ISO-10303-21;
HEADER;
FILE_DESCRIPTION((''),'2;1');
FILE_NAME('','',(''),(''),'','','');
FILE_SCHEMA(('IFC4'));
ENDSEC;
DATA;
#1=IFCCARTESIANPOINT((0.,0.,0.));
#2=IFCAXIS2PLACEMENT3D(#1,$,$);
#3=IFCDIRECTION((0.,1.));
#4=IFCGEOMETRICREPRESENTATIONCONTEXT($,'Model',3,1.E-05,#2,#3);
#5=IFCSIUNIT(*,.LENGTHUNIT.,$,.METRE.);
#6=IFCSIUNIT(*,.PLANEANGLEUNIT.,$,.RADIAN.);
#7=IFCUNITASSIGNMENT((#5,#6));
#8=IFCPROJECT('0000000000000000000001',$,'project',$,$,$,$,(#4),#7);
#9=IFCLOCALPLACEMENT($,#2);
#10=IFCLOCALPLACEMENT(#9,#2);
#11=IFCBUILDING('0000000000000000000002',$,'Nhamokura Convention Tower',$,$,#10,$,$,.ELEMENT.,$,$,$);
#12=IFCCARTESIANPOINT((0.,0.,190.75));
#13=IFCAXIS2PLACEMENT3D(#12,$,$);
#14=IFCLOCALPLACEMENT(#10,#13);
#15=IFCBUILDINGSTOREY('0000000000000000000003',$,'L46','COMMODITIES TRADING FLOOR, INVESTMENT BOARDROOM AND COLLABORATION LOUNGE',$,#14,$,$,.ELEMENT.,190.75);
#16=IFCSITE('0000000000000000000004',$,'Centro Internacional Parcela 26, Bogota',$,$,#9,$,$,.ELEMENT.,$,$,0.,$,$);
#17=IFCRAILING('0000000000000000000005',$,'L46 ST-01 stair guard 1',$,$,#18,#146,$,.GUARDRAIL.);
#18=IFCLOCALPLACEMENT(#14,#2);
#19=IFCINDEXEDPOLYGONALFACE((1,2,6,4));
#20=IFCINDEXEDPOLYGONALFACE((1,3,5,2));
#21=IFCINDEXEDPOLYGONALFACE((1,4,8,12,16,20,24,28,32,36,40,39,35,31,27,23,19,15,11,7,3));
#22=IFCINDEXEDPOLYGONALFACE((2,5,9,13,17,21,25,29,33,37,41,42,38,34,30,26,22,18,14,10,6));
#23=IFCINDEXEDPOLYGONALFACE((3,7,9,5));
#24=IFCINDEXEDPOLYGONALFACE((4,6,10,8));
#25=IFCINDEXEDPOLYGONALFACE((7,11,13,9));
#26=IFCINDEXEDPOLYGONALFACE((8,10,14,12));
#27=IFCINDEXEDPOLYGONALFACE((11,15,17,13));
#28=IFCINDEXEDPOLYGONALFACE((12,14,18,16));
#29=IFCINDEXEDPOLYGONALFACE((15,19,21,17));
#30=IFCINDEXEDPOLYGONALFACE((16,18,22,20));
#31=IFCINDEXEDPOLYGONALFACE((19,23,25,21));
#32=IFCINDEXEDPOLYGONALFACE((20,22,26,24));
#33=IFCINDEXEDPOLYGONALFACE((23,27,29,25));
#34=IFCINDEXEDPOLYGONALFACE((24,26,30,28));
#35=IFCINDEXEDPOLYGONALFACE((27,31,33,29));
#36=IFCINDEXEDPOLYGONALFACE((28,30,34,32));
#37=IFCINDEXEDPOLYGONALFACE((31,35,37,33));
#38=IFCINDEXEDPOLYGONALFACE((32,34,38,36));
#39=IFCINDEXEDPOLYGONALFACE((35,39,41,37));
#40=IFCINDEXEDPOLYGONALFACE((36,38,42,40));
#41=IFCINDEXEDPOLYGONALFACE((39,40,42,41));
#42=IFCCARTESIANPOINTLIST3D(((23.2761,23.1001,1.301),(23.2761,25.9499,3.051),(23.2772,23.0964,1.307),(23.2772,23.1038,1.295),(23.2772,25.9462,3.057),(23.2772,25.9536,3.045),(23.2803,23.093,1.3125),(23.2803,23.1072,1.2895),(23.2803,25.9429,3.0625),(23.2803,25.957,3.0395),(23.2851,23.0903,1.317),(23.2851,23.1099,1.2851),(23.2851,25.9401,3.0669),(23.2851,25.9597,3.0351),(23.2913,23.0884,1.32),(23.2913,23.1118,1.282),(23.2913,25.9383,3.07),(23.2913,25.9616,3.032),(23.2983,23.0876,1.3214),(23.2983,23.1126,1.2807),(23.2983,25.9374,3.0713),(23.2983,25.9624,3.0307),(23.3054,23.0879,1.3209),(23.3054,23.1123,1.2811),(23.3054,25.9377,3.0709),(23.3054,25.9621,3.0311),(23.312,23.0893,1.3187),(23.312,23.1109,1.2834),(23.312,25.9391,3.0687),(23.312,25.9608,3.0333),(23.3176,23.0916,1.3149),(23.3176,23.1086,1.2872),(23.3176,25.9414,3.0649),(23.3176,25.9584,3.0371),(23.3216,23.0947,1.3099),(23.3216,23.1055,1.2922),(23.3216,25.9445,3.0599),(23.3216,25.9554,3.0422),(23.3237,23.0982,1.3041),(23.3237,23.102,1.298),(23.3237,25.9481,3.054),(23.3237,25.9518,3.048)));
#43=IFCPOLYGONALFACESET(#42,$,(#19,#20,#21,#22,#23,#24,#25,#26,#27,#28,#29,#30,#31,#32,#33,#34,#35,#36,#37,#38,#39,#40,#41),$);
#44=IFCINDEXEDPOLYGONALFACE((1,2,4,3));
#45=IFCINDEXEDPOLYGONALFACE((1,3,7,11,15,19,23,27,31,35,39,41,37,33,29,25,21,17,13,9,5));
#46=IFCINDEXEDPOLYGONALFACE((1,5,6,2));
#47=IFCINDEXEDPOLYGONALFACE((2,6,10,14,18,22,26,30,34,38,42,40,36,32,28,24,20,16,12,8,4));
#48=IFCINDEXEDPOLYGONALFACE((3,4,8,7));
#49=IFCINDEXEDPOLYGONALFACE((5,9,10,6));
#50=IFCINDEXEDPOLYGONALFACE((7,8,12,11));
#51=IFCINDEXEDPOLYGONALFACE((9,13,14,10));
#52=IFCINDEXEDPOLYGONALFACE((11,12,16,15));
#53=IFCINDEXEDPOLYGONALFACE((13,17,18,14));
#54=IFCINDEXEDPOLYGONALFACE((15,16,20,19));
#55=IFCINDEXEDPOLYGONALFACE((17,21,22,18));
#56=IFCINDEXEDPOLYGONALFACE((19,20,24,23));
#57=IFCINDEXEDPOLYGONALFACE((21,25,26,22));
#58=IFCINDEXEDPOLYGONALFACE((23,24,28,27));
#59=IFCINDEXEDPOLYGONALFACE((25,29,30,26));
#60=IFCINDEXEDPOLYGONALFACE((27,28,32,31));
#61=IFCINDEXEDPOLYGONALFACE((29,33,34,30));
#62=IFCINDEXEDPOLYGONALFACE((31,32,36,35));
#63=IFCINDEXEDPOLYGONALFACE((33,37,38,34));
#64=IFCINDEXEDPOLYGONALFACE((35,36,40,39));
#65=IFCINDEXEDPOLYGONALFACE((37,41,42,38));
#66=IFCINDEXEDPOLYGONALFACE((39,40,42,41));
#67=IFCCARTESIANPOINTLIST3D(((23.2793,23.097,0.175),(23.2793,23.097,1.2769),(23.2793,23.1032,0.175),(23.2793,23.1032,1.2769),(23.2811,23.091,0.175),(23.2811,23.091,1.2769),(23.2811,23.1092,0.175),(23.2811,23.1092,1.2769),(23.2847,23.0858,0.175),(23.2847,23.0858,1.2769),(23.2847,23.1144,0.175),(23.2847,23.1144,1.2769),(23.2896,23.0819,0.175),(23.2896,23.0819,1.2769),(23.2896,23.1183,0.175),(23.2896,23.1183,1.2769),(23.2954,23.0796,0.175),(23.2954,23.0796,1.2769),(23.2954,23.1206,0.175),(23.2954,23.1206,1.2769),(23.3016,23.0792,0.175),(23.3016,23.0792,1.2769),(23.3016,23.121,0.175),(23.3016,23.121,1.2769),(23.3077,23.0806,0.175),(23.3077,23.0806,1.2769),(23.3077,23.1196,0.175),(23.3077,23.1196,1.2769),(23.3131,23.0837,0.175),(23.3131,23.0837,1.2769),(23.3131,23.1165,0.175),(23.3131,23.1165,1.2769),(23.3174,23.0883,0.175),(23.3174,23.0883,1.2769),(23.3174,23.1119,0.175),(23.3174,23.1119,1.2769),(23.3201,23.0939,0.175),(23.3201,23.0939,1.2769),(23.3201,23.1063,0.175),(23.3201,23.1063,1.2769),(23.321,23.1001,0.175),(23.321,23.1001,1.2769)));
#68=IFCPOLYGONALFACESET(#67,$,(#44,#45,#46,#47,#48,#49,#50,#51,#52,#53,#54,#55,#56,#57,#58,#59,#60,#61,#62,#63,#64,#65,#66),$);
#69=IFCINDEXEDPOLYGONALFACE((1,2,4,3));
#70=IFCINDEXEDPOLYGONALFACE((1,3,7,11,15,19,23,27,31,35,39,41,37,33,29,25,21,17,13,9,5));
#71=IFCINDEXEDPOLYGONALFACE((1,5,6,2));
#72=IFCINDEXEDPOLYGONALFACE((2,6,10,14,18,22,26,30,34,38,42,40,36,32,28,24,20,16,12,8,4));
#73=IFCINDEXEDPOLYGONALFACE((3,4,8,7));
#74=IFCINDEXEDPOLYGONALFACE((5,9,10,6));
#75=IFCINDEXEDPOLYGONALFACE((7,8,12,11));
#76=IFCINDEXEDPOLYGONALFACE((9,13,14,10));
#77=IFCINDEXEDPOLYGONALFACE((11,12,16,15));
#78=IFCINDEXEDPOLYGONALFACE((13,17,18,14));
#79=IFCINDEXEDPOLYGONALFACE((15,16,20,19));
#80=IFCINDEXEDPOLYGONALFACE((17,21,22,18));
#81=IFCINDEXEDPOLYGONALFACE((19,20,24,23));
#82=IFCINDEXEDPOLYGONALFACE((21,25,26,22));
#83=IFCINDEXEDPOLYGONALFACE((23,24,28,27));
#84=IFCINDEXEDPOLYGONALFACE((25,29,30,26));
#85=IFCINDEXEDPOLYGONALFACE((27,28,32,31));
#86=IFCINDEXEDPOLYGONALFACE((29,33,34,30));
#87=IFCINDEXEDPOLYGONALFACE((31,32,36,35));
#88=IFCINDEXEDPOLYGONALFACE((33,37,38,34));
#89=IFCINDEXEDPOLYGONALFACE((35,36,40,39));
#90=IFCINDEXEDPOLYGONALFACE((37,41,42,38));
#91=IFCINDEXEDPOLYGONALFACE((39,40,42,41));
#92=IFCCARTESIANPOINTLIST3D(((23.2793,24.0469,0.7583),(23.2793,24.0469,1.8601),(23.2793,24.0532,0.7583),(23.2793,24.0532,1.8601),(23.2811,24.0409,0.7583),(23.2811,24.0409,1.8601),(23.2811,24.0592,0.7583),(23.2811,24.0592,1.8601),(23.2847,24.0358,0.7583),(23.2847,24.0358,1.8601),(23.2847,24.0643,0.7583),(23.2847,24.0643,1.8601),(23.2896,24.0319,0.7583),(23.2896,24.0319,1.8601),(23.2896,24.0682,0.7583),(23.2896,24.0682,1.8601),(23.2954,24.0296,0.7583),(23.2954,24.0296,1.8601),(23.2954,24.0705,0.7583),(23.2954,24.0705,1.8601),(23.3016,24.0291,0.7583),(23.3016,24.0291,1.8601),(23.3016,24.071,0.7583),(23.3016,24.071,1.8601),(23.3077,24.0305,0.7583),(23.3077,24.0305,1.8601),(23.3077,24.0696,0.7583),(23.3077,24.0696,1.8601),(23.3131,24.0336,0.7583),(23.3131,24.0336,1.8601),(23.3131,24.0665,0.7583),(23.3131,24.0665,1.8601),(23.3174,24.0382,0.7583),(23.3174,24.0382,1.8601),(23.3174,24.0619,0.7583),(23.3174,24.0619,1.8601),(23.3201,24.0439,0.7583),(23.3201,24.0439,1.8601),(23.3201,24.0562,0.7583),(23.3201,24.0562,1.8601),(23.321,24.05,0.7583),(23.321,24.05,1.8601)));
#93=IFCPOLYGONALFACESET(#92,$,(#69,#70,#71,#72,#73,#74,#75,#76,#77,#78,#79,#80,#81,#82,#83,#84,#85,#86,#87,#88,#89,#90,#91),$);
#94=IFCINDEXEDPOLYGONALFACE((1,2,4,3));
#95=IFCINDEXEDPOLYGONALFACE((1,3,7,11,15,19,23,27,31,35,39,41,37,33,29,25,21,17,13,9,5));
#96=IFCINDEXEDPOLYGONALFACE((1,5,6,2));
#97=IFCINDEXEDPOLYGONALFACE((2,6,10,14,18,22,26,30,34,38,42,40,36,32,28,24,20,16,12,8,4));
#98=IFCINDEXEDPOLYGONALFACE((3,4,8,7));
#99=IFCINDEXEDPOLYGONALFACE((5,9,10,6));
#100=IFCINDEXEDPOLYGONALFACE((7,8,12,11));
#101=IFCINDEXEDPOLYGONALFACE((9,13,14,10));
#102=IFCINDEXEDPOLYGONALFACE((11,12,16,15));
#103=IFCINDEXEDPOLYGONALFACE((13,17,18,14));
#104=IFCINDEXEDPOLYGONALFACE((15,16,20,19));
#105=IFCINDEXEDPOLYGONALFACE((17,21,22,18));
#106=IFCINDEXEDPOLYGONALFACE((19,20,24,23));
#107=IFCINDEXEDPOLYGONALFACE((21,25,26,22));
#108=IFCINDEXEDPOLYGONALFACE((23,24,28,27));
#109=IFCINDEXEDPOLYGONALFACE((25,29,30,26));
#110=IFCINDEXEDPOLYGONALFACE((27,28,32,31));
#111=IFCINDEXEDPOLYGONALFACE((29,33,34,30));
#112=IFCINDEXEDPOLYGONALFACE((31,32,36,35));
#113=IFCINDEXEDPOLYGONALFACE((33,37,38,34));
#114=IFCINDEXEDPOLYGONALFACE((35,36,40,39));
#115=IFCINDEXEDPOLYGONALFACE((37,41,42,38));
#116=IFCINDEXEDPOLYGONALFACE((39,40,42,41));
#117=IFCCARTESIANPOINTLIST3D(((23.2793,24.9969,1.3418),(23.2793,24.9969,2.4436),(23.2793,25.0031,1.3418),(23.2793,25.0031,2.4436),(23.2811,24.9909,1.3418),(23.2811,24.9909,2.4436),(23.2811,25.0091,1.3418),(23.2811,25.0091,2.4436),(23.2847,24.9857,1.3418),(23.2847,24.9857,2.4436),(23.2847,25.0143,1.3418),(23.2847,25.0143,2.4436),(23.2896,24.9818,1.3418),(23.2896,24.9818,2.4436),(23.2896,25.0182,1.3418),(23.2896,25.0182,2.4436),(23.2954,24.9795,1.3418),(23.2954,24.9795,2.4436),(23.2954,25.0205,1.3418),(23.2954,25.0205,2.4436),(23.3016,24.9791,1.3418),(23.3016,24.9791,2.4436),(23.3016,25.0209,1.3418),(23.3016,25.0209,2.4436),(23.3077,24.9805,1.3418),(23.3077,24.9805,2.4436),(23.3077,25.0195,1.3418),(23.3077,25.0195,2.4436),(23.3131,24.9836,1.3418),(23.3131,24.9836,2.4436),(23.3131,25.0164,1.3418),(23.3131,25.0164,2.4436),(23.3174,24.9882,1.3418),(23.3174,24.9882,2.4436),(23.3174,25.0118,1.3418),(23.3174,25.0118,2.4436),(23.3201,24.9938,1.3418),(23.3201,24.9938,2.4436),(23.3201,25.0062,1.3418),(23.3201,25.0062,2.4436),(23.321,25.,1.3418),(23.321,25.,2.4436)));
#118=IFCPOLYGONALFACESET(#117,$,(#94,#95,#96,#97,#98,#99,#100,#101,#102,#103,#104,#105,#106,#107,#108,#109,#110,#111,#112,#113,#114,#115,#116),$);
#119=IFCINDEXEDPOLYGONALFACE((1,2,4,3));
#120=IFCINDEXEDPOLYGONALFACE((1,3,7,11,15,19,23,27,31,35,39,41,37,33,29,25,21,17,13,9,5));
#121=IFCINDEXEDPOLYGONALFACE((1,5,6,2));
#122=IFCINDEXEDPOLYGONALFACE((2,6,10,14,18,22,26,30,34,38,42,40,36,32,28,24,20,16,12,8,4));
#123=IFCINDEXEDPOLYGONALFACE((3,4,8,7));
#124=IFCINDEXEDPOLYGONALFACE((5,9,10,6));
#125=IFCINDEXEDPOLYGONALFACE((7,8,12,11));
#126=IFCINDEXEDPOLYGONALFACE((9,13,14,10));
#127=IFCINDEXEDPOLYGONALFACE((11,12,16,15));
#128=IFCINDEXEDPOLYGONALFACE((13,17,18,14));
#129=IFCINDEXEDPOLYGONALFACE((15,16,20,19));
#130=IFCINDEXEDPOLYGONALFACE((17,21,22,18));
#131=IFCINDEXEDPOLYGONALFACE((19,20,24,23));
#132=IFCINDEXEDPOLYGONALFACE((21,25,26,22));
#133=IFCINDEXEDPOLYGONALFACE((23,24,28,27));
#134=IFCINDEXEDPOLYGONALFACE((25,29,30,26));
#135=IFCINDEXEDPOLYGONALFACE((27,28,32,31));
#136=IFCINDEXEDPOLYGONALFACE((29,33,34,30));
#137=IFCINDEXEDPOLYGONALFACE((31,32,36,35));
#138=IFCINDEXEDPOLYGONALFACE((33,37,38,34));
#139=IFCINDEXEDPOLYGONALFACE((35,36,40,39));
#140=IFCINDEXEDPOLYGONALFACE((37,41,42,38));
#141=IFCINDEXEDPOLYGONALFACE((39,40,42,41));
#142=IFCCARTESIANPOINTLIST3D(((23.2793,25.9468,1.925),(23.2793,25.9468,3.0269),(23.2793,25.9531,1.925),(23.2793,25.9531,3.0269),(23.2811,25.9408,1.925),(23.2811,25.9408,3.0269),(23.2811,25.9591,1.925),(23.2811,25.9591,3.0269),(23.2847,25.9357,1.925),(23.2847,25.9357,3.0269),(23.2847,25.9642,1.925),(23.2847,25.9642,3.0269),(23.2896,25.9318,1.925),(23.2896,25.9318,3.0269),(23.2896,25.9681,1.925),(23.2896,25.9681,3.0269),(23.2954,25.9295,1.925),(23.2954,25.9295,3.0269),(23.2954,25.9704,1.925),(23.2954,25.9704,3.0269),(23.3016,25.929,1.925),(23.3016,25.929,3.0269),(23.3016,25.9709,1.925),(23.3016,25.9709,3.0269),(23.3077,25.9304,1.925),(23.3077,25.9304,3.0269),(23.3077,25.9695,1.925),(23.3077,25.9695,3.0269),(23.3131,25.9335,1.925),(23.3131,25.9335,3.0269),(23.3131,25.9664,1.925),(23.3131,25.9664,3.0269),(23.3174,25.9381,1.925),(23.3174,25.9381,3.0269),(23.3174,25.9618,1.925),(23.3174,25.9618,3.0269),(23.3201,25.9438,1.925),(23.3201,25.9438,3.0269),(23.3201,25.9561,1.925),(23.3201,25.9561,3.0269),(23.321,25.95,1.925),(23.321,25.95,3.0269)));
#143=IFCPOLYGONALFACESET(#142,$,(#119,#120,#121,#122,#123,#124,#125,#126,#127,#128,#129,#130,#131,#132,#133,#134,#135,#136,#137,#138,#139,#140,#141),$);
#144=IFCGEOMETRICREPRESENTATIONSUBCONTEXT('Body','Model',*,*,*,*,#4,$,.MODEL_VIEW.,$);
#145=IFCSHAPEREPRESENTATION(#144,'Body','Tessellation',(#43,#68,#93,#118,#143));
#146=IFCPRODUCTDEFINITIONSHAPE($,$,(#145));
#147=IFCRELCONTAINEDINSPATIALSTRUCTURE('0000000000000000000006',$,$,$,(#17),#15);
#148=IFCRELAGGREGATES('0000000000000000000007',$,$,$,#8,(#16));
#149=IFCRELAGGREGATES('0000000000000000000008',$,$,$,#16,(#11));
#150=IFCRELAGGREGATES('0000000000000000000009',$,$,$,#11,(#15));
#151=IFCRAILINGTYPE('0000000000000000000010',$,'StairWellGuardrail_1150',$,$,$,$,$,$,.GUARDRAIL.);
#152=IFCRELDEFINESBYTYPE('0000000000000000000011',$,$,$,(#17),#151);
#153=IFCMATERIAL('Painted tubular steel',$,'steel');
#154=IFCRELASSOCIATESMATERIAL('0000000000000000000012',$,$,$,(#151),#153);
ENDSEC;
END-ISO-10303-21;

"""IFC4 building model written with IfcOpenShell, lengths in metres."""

from ifc_helpers import new_model, si_unit, direction, frame, origin, origin_2d, place, context, subcontext, project, spatial, circle, extrude, material, type_object, element, save


model = new_model("IFC4")

# Units and contexts
model_context = context("Model", 3, precision=1e-05, world=origin(), true_north=direction((0.0, 1.0)))
body_context = subcontext(model_context, "Body", "Model", "MODEL_VIEW")
ifc_project = project(units=[si_unit("LENGTHUNIT", "METRE"), si_unit("PLANEANGLEUNIT", "RADIAN")], contexts=[model_context])

# Site, building, storey
site_placement = place(None, origin())
site = spatial("IfcSite", under=ifc_project, at=site_placement, Name="Centro Internacional Parcela 26, Bogota", CompositionType="ELEMENT", RefElevation=0.0)
building_placement = place(site_placement, origin())
building = spatial("IfcBuilding", under=site, at=building_placement, Name="Nhamokura Convention Tower", CompositionType="ELEMENT")
storey_placement = place(building_placement, frame((0.0, 0.0, 190.75)))
storey = spatial("IfcBuildingStorey", under=building, at=storey_placement, Name="L46", Description="COMMODITIES TRADING FLOOR, INVESTMENT BOARDROOM AND COLLABORATION LOUNGE", CompositionType="ELEMENT", Elevation=190.75)

# Railing
ifc_material_1 = material(Name="Painted tubular steel", Category="steel")
railing_type_1 = type_object("IfcRailingType", Name="StairWellGuardrail_1150", PredefinedType="GUARDRAIL", material=ifc_material_1)
railing_1_placement = place(storey_placement, frame((23.3, 23.1001, 0.175)))
element("IfcRailing", 1, at=railing_1_placement, inside=storey, type_object=railing_type_1, Name="L46 ST-01 stair guard 1", PredefinedType="GUARDRAIL", context=body_context, shape_type="SweptSolid", body=[
    extrude(circle(Radius=0.0239, at=origin_2d()), frame((0.0, 0.0, 1.126), z_axis=(0.0, 0.852159, 0.523283), x_axis=(-1.0, 0.0, 0.0)), (0.0, 0.0, 1.0), 3.3442),
    extrude(circle(Radius=0.021, at=origin_2d()), origin(), (0.0, 0.0, 1.0), 1.1018),
    extrude(circle(Radius=0.021, at=origin_2d()), frame((0.0, 0.95, 0.5833)), (0.0, 0.0, 1.0), 1.1018),
    extrude(circle(Radius=0.021, at=origin_2d()), frame((0.0, 1.8999, 1.1667)), (0.0, 0.0, 1.0), 1.1018),
    extrude(circle(Radius=0.021, at=origin_2d()), frame((0.0, 2.8499, 1.75)), (0.0, 0.0, 1.0), 1.1018),
])

save(model, "model.ifc")
